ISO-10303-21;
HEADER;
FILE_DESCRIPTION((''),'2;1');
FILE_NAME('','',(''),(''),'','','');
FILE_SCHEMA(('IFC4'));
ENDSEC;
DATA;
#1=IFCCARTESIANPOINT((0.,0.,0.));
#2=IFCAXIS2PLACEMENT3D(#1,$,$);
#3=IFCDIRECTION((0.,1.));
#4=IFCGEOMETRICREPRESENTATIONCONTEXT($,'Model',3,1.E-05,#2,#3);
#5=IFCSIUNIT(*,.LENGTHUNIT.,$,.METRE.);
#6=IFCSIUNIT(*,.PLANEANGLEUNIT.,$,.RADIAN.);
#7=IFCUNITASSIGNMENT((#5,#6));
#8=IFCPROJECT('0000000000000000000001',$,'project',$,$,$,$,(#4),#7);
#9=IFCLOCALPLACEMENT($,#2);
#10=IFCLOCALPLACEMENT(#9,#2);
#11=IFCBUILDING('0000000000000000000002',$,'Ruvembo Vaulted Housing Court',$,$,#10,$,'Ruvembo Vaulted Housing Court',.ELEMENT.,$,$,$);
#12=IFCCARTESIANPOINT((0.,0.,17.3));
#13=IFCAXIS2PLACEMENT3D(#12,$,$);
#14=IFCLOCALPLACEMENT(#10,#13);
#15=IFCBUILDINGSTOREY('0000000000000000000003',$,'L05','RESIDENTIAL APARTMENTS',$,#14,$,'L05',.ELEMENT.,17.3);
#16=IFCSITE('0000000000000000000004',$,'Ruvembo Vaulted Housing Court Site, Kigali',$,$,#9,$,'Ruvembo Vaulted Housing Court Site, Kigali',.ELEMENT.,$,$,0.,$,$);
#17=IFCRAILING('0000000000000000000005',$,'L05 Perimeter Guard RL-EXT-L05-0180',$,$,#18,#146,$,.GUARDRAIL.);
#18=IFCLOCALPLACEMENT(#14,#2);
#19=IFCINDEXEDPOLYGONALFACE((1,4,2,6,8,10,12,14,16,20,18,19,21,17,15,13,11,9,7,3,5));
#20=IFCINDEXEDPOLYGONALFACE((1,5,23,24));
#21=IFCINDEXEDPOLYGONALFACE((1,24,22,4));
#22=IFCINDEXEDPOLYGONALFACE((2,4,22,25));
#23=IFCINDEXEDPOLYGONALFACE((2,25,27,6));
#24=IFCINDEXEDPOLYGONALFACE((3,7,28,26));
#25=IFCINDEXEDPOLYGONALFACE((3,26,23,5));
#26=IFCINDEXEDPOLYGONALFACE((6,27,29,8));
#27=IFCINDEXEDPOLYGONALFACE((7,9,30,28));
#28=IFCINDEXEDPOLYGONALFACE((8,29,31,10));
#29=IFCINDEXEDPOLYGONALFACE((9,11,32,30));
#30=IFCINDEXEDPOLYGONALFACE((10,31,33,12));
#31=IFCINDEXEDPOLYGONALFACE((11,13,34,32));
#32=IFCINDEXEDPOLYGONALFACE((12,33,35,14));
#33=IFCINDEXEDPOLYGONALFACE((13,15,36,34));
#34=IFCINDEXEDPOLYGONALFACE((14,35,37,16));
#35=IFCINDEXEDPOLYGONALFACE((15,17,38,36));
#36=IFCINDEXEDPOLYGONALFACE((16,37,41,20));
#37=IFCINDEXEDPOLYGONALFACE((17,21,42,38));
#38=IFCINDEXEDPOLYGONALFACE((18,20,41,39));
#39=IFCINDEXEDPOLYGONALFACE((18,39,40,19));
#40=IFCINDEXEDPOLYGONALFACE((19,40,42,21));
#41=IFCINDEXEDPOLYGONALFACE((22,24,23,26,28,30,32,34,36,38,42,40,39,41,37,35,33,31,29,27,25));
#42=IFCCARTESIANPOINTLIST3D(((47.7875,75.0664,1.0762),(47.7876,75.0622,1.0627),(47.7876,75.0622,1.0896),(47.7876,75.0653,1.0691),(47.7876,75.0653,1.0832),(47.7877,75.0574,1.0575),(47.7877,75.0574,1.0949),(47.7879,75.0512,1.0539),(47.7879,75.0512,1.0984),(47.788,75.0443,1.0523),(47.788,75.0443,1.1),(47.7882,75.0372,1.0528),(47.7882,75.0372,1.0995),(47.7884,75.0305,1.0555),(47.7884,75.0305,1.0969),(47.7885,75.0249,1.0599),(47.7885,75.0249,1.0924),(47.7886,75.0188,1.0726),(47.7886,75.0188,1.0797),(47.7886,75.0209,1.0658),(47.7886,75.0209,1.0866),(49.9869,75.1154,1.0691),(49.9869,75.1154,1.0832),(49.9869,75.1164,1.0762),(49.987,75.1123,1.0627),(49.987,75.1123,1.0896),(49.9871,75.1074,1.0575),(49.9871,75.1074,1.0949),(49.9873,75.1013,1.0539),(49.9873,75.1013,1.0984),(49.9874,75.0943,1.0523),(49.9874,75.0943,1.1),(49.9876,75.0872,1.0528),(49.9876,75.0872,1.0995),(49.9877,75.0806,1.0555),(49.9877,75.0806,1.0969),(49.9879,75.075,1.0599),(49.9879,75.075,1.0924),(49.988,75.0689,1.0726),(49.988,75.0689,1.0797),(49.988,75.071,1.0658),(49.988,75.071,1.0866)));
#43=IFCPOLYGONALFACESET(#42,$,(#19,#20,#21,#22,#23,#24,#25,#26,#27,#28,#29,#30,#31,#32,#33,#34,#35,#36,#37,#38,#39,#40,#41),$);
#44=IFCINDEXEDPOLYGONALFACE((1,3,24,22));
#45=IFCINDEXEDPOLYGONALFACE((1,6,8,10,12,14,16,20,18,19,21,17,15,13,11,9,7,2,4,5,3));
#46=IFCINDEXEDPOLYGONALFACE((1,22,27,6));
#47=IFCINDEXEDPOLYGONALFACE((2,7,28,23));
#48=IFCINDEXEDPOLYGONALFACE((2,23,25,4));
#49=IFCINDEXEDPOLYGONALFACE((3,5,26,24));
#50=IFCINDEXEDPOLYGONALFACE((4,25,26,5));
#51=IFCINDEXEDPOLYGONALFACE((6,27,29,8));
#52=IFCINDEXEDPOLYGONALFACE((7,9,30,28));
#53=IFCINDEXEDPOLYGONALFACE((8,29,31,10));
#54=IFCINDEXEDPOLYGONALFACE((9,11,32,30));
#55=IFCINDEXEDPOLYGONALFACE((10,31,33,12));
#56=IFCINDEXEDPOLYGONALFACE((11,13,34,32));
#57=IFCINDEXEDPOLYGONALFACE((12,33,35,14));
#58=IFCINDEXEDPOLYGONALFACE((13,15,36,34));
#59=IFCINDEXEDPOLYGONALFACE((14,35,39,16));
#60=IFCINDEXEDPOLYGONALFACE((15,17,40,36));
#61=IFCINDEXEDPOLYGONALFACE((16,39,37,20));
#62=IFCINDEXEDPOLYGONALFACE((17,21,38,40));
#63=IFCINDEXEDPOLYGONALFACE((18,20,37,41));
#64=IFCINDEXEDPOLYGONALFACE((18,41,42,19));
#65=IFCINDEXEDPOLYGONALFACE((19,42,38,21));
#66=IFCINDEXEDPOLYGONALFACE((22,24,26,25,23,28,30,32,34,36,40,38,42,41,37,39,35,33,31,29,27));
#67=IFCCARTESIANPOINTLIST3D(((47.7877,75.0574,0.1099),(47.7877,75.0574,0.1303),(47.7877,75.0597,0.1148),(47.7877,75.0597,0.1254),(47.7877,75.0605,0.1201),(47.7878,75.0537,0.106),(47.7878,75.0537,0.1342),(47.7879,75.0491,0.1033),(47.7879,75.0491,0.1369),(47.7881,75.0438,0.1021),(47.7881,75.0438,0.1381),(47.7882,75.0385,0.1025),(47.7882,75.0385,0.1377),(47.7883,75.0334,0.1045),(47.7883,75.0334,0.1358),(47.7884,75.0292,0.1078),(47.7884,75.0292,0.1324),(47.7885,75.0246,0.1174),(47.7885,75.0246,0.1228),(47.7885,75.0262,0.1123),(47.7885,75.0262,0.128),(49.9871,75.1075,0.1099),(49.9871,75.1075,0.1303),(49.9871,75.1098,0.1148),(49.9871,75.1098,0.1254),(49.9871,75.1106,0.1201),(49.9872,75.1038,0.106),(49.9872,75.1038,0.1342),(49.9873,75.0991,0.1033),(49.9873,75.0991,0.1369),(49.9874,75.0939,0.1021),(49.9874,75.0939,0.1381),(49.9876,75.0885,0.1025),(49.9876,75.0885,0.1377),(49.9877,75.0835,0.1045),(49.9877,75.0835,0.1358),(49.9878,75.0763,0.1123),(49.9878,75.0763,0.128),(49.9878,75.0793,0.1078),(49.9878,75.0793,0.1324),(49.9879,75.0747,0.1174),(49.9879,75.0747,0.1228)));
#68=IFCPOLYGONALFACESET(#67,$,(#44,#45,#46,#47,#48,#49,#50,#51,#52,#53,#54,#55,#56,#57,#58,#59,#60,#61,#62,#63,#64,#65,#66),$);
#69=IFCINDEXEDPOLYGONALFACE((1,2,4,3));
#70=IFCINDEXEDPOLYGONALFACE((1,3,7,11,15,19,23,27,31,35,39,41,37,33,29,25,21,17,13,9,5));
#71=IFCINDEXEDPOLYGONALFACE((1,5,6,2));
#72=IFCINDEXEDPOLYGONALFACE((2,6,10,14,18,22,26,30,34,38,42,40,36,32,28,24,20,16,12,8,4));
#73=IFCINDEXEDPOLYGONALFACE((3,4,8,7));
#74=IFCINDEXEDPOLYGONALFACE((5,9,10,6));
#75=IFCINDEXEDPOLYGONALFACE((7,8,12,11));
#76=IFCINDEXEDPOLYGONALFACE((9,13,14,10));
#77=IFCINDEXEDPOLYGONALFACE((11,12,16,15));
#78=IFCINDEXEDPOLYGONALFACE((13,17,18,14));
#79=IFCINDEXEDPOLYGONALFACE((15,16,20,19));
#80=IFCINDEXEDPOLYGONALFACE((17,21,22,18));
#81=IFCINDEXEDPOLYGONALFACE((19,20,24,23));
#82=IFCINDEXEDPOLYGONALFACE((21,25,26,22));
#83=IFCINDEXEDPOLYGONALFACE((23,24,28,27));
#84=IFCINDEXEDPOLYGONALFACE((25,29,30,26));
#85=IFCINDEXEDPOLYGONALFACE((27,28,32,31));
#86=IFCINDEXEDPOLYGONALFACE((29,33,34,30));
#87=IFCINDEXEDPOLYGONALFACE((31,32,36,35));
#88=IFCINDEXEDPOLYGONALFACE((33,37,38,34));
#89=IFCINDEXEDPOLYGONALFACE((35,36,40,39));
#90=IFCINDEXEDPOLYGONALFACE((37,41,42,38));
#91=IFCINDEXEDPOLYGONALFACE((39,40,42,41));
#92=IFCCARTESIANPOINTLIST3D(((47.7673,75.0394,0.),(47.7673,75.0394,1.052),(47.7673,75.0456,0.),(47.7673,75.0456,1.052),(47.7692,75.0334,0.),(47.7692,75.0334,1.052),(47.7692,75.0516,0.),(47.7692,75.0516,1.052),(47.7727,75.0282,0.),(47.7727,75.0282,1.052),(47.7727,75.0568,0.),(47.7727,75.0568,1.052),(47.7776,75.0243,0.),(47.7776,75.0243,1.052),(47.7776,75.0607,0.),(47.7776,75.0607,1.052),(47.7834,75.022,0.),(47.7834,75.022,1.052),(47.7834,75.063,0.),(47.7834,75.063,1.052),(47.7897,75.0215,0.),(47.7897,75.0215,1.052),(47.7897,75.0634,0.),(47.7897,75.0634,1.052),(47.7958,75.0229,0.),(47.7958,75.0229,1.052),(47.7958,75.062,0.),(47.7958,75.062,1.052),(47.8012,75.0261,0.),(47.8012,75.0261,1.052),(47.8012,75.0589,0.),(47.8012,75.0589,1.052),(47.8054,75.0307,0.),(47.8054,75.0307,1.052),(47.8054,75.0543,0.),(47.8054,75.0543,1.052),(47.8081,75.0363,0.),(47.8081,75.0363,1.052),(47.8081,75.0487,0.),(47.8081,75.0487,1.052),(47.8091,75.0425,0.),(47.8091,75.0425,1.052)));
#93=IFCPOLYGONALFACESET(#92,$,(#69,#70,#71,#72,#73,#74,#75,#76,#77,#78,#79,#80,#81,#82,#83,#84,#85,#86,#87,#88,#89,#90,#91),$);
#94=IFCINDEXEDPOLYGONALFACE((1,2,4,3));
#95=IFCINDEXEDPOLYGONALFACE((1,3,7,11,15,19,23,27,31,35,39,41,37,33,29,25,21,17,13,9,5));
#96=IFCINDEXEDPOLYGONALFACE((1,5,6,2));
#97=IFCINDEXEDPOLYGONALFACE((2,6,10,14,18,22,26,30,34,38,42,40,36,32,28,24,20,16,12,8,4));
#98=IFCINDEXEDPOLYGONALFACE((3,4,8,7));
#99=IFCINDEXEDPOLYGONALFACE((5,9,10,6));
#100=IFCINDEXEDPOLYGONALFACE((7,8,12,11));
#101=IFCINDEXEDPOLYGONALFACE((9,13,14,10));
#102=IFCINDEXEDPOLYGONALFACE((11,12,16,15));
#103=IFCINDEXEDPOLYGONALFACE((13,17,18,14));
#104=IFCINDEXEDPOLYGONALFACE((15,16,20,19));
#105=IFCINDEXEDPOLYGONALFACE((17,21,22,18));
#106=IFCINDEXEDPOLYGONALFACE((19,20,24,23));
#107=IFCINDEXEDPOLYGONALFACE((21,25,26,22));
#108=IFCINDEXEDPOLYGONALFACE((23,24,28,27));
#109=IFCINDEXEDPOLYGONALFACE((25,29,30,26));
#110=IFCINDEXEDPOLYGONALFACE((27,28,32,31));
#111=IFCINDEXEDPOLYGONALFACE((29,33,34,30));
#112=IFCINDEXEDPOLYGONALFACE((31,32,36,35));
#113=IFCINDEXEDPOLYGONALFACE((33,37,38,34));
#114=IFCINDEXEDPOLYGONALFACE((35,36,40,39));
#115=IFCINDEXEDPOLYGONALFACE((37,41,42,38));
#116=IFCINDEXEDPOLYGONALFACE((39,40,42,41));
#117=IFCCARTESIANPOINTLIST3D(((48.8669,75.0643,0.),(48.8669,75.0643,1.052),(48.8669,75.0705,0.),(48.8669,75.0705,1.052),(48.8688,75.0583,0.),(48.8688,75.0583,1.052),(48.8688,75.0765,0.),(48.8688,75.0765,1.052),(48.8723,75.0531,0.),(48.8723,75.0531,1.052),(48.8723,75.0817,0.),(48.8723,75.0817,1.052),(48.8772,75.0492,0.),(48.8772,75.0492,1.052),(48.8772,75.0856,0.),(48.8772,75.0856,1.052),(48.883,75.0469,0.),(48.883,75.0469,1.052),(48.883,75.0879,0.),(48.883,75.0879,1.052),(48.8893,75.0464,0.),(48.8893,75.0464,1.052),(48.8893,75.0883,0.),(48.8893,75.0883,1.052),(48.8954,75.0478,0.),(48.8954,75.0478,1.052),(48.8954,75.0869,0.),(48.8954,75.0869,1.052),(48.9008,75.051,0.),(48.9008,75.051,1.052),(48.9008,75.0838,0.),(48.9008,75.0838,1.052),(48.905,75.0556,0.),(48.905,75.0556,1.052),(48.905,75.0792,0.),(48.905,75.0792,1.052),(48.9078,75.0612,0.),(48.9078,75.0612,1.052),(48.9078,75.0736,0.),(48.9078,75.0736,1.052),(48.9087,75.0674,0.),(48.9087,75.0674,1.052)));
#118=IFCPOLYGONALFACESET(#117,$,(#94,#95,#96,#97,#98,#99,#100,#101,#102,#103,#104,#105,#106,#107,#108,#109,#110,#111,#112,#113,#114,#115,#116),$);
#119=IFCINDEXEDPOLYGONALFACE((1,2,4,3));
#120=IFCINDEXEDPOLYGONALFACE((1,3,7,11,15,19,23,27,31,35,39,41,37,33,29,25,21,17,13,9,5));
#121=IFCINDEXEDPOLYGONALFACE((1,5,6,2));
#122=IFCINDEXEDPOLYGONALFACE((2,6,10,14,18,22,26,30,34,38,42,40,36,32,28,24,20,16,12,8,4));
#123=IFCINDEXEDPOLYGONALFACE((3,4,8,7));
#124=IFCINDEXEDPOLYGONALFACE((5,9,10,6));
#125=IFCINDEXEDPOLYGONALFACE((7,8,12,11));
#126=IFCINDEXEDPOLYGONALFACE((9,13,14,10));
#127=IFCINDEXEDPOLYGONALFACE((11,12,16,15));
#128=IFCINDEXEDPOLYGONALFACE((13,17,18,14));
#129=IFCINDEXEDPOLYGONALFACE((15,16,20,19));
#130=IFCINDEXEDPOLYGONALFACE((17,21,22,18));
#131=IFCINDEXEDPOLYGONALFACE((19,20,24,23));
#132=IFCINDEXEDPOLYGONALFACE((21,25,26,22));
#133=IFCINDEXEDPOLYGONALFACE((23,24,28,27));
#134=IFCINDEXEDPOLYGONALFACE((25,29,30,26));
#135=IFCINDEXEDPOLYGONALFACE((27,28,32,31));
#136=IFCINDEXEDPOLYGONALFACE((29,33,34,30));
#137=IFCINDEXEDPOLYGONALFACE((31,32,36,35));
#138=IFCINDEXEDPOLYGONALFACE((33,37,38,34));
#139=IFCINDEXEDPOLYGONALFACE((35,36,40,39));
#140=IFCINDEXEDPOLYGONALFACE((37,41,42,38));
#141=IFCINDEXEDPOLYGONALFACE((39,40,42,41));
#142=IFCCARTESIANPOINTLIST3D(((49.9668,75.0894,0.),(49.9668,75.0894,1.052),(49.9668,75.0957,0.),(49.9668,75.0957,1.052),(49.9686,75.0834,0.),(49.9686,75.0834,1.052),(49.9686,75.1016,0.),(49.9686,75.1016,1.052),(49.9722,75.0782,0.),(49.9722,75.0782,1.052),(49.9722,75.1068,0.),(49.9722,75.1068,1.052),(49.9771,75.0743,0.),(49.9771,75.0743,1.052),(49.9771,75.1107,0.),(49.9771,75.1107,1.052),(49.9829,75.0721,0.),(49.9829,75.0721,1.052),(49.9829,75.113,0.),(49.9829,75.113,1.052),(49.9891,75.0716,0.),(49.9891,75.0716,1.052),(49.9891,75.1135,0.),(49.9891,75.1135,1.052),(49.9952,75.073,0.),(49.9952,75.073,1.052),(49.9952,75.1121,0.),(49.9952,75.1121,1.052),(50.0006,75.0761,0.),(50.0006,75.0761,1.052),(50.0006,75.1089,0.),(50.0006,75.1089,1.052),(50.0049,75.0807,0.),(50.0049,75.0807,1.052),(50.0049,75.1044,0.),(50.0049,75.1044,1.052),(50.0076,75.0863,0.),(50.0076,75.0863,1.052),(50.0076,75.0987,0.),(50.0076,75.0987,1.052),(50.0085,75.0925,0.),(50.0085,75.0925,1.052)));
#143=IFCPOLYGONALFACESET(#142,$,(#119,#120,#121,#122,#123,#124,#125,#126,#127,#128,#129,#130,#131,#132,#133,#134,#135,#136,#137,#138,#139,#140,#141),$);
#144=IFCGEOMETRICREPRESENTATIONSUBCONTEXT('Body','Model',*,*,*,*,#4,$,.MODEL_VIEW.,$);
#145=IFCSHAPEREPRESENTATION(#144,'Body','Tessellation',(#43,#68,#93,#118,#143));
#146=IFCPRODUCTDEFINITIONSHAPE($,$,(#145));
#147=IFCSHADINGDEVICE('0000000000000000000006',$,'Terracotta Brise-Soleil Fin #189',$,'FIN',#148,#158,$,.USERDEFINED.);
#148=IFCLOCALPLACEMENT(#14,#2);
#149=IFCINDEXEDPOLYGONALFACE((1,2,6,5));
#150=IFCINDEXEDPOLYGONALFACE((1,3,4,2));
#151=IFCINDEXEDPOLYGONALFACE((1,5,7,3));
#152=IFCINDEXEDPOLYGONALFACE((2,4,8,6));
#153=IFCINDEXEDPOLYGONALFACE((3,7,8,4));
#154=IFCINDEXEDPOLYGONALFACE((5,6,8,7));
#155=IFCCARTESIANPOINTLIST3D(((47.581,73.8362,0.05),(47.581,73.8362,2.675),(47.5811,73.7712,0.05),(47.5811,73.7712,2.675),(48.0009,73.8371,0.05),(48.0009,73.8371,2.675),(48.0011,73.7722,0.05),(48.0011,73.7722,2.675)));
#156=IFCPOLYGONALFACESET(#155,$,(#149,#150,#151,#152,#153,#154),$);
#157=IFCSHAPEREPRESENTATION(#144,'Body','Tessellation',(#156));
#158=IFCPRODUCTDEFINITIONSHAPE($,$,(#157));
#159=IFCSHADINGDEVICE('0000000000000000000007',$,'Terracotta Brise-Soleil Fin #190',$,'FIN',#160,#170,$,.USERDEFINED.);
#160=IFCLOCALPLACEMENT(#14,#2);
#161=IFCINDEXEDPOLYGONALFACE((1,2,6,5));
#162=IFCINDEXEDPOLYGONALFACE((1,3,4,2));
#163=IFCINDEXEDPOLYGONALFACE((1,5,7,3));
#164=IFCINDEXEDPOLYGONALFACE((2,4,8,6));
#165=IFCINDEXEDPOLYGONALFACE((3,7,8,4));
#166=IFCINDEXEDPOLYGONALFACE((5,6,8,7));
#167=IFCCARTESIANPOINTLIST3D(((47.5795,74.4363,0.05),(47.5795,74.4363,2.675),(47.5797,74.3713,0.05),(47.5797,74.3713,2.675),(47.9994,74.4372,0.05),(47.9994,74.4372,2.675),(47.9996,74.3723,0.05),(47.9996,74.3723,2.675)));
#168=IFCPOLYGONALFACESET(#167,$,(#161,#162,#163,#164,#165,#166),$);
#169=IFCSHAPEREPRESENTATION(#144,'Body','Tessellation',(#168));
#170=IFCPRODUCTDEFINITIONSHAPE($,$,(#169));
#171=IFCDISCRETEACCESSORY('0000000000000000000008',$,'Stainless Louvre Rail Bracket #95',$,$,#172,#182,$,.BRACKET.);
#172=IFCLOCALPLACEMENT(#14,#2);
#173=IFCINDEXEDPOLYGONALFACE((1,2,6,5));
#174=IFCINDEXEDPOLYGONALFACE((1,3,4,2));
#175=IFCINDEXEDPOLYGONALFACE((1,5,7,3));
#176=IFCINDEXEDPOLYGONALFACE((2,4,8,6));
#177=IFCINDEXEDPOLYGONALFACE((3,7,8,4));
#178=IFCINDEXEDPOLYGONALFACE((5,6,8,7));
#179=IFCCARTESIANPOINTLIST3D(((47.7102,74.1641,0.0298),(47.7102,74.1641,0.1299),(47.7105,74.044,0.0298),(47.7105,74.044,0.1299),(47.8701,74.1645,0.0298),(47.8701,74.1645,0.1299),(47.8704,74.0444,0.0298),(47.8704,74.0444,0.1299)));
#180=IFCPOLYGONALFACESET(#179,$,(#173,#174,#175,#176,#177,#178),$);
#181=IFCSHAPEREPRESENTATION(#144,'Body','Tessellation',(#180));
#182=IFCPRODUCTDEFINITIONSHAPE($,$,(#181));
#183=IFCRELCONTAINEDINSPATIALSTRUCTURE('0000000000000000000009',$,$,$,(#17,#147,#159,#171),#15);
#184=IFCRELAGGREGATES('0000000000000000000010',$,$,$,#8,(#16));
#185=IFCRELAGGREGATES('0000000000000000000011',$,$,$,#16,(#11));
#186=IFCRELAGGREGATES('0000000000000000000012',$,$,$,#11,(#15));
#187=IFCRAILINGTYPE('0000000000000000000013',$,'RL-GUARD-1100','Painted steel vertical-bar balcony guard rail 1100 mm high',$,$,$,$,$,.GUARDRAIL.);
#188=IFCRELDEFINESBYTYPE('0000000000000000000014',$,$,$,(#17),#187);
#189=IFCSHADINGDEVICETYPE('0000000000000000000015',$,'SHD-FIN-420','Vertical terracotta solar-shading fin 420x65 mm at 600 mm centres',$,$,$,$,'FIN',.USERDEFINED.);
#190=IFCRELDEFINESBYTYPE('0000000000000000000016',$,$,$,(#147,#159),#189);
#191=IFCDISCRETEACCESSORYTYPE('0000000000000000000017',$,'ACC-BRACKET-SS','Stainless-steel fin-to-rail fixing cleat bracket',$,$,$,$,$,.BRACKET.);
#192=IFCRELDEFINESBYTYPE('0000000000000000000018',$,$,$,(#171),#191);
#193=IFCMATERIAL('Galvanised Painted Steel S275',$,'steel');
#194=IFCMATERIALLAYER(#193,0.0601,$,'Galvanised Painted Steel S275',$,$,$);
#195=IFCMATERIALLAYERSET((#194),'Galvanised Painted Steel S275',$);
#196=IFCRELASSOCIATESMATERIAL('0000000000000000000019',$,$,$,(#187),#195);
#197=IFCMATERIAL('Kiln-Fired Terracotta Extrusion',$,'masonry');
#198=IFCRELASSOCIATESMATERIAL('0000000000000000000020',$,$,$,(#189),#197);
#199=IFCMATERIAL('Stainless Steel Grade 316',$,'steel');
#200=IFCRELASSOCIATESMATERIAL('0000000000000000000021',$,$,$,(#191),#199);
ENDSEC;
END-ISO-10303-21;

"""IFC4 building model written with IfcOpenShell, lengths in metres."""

from ifc_helpers import new_model, si_unit, direction, frame, origin, origin_2d, place, context, subcontext, project, spatial, rectangle, circle, extrude, material, layer, layer_set, type_object, element, save


model = new_model("IFC4")

# Units and contexts
model_context = context("Model", 3, precision=1e-05, world=origin(), true_north=direction((0.0, 1.0)))
body_context = subcontext(model_context, "Body", "Model", "MODEL_VIEW")
ifc_project = project(units=[si_unit("LENGTHUNIT", "METRE"), si_unit("PLANEANGLEUNIT", "RADIAN")], contexts=[model_context])

# Site, building, storey
site_placement = place(None, origin())
site = spatial("IfcSite", under=ifc_project, at=site_placement, Name="Ruvembo Vaulted Housing Court Site, Kigali", LongName="Ruvembo Vaulted Housing Court Site, Kigali", CompositionType="ELEMENT", RefElevation=0.0)
building_placement = place(site_placement, origin())
building = spatial("IfcBuilding", under=site, at=building_placement, Name="Ruvembo Vaulted Housing Court", LongName="Ruvembo Vaulted Housing Court", CompositionType="ELEMENT")
storey_placement = place(building_placement, frame((0.0, 0.0, 17.3)))
storey = spatial("IfcBuildingStorey", under=building, at=storey_placement, Name="L05", Description="RESIDENTIAL APARTMENTS", LongName="L05", CompositionType="ELEMENT", Elevation=17.3)

# Railing
ifc_material_1 = material(Name="Galvanised Painted Steel S275", Category="steel")
ifc_layer_1 = layer(ifc_material_1, 0.0601, Name="Galvanised Painted Steel S275")
ifc_layer_set_1 = layer_set([ifc_layer_1], Name="Galvanised Painted Steel S275")
railing_type = type_object("IfcRailingType", Name="RL-GUARD-1100", Description="Painted steel vertical-bar balcony guard rail 1100 mm high", PredefinedType="GUARDRAIL", material=ifc_layer_set_1)
railing_1_placement = place(storey_placement, frame((47.7881, 75.0425, 0.0)))
element("IfcRailing", 1, at=railing_1_placement, inside=storey, type_object=railing_type, Name="L05 Perimeter Guard RL-EXT-L05-0180", PredefinedType="GUARDRAIL", context=body_context, shape_type="SweptSolid", body=[
    extrude(circle(Radius=0.0239, at=origin_2d()), frame((0.0, 0.0, 1.0762), z_axis=(0.999741, 0.022749, 0.0), x_axis=(-0.022749, 0.999741, 0.0)), (0.0, 0.0, 1.0), 2.2),
    extrude(circle(Radius=0.0181, at=origin_2d()), frame((0.0, 0.0, 0.1201), z_axis=(0.999741, 0.022749, 0.0), x_axis=(-0.022749, 0.999741, 0.0)), (0.0, 0.0, 1.0), 2.2),
    extrude(circle(Radius=0.021, at=origin_2d()), origin(), (0.0, 0.0, 1.0), 1.052),
    extrude(circle(Radius=0.021, at=origin_2d()), frame((1.0996, 0.0249, 0.0)), (0.0, 0.0, 1.0), 1.052),
    extrude(circle(Radius=0.021, at=origin_2d()), frame((2.1995, 0.05, 0.0)), (0.0, 0.0, 1.0), 1.052),
])

# Shading devices
ifc_material_2 = material(Name="Kiln-Fired Terracotta Extrusion", Category="masonry")
shading_device_type = type_object("IfcShadingDeviceType", Name="SHD-FIN-420", Description="Vertical terracotta solar-shading fin 420x65 mm at 600 mm centres", ElementType="FIN", PredefinedType="USERDEFINED", material=ifc_material_2)
for number, where, z_axis, x_axis, name in (
    (2, (47.791, 73.8042, 0.05), (0.0, 0.0, 1.0), (0.999997, 0.002286, 0.0), "Terracotta Brise-Soleil Fin #189"),
    (3, (47.7896, 74.4043, 0.05), (0.0, 0.0, 1.0), (0.999997, 0.002286, 0.0), "Terracotta Brise-Soleil Fin #190"),
):
    element("IfcShadingDevice", number, at=place(storey_placement, frame(where, z_axis=z_axis, x_axis=x_axis)), inside=storey, type_object=shading_device_type, Name=name, ObjectType="FIN", PredefinedType="USERDEFINED", context=body_context, shape_type="SweptSolid", body=[
        extrude(rectangle(XDim=0.4199, YDim=0.0649, at=origin_2d()), origin(), (0.0, 0.0, 1.0), 2.625),
    ])

# Discrete accessory
ifc_material_3 = material(Name="Stainless Steel Grade 316", Category="steel")
discrete_accessory_type = type_object("IfcDiscreteAccessoryType", Name="ACC-BRACKET-SS", Description="Stainless-steel fin-to-rail fixing cleat bracket", PredefinedType="BRACKET", material=ifc_material_3)
discrete_accessory_placement = place(storey_placement, frame((47.7903, 74.1042, 0.0298), z_axis=(0.0, 0.0, 1.0), x_axis=(0.999997, 0.002286, 0.0)))
element("IfcDiscreteAccessory", 4, at=discrete_accessory_placement, inside=storey, type_object=discrete_accessory_type, Name="Stainless Louvre Rail Bracket #95", PredefinedType="BRACKET", context=body_context, shape_type="SweptSolid", body=[
    extrude(rectangle(XDim=0.1599, YDim=0.1201, at=origin_2d()), origin(), (0.0, 0.0, 1.0), 0.1001),
])

save(model, "model.ifc")
